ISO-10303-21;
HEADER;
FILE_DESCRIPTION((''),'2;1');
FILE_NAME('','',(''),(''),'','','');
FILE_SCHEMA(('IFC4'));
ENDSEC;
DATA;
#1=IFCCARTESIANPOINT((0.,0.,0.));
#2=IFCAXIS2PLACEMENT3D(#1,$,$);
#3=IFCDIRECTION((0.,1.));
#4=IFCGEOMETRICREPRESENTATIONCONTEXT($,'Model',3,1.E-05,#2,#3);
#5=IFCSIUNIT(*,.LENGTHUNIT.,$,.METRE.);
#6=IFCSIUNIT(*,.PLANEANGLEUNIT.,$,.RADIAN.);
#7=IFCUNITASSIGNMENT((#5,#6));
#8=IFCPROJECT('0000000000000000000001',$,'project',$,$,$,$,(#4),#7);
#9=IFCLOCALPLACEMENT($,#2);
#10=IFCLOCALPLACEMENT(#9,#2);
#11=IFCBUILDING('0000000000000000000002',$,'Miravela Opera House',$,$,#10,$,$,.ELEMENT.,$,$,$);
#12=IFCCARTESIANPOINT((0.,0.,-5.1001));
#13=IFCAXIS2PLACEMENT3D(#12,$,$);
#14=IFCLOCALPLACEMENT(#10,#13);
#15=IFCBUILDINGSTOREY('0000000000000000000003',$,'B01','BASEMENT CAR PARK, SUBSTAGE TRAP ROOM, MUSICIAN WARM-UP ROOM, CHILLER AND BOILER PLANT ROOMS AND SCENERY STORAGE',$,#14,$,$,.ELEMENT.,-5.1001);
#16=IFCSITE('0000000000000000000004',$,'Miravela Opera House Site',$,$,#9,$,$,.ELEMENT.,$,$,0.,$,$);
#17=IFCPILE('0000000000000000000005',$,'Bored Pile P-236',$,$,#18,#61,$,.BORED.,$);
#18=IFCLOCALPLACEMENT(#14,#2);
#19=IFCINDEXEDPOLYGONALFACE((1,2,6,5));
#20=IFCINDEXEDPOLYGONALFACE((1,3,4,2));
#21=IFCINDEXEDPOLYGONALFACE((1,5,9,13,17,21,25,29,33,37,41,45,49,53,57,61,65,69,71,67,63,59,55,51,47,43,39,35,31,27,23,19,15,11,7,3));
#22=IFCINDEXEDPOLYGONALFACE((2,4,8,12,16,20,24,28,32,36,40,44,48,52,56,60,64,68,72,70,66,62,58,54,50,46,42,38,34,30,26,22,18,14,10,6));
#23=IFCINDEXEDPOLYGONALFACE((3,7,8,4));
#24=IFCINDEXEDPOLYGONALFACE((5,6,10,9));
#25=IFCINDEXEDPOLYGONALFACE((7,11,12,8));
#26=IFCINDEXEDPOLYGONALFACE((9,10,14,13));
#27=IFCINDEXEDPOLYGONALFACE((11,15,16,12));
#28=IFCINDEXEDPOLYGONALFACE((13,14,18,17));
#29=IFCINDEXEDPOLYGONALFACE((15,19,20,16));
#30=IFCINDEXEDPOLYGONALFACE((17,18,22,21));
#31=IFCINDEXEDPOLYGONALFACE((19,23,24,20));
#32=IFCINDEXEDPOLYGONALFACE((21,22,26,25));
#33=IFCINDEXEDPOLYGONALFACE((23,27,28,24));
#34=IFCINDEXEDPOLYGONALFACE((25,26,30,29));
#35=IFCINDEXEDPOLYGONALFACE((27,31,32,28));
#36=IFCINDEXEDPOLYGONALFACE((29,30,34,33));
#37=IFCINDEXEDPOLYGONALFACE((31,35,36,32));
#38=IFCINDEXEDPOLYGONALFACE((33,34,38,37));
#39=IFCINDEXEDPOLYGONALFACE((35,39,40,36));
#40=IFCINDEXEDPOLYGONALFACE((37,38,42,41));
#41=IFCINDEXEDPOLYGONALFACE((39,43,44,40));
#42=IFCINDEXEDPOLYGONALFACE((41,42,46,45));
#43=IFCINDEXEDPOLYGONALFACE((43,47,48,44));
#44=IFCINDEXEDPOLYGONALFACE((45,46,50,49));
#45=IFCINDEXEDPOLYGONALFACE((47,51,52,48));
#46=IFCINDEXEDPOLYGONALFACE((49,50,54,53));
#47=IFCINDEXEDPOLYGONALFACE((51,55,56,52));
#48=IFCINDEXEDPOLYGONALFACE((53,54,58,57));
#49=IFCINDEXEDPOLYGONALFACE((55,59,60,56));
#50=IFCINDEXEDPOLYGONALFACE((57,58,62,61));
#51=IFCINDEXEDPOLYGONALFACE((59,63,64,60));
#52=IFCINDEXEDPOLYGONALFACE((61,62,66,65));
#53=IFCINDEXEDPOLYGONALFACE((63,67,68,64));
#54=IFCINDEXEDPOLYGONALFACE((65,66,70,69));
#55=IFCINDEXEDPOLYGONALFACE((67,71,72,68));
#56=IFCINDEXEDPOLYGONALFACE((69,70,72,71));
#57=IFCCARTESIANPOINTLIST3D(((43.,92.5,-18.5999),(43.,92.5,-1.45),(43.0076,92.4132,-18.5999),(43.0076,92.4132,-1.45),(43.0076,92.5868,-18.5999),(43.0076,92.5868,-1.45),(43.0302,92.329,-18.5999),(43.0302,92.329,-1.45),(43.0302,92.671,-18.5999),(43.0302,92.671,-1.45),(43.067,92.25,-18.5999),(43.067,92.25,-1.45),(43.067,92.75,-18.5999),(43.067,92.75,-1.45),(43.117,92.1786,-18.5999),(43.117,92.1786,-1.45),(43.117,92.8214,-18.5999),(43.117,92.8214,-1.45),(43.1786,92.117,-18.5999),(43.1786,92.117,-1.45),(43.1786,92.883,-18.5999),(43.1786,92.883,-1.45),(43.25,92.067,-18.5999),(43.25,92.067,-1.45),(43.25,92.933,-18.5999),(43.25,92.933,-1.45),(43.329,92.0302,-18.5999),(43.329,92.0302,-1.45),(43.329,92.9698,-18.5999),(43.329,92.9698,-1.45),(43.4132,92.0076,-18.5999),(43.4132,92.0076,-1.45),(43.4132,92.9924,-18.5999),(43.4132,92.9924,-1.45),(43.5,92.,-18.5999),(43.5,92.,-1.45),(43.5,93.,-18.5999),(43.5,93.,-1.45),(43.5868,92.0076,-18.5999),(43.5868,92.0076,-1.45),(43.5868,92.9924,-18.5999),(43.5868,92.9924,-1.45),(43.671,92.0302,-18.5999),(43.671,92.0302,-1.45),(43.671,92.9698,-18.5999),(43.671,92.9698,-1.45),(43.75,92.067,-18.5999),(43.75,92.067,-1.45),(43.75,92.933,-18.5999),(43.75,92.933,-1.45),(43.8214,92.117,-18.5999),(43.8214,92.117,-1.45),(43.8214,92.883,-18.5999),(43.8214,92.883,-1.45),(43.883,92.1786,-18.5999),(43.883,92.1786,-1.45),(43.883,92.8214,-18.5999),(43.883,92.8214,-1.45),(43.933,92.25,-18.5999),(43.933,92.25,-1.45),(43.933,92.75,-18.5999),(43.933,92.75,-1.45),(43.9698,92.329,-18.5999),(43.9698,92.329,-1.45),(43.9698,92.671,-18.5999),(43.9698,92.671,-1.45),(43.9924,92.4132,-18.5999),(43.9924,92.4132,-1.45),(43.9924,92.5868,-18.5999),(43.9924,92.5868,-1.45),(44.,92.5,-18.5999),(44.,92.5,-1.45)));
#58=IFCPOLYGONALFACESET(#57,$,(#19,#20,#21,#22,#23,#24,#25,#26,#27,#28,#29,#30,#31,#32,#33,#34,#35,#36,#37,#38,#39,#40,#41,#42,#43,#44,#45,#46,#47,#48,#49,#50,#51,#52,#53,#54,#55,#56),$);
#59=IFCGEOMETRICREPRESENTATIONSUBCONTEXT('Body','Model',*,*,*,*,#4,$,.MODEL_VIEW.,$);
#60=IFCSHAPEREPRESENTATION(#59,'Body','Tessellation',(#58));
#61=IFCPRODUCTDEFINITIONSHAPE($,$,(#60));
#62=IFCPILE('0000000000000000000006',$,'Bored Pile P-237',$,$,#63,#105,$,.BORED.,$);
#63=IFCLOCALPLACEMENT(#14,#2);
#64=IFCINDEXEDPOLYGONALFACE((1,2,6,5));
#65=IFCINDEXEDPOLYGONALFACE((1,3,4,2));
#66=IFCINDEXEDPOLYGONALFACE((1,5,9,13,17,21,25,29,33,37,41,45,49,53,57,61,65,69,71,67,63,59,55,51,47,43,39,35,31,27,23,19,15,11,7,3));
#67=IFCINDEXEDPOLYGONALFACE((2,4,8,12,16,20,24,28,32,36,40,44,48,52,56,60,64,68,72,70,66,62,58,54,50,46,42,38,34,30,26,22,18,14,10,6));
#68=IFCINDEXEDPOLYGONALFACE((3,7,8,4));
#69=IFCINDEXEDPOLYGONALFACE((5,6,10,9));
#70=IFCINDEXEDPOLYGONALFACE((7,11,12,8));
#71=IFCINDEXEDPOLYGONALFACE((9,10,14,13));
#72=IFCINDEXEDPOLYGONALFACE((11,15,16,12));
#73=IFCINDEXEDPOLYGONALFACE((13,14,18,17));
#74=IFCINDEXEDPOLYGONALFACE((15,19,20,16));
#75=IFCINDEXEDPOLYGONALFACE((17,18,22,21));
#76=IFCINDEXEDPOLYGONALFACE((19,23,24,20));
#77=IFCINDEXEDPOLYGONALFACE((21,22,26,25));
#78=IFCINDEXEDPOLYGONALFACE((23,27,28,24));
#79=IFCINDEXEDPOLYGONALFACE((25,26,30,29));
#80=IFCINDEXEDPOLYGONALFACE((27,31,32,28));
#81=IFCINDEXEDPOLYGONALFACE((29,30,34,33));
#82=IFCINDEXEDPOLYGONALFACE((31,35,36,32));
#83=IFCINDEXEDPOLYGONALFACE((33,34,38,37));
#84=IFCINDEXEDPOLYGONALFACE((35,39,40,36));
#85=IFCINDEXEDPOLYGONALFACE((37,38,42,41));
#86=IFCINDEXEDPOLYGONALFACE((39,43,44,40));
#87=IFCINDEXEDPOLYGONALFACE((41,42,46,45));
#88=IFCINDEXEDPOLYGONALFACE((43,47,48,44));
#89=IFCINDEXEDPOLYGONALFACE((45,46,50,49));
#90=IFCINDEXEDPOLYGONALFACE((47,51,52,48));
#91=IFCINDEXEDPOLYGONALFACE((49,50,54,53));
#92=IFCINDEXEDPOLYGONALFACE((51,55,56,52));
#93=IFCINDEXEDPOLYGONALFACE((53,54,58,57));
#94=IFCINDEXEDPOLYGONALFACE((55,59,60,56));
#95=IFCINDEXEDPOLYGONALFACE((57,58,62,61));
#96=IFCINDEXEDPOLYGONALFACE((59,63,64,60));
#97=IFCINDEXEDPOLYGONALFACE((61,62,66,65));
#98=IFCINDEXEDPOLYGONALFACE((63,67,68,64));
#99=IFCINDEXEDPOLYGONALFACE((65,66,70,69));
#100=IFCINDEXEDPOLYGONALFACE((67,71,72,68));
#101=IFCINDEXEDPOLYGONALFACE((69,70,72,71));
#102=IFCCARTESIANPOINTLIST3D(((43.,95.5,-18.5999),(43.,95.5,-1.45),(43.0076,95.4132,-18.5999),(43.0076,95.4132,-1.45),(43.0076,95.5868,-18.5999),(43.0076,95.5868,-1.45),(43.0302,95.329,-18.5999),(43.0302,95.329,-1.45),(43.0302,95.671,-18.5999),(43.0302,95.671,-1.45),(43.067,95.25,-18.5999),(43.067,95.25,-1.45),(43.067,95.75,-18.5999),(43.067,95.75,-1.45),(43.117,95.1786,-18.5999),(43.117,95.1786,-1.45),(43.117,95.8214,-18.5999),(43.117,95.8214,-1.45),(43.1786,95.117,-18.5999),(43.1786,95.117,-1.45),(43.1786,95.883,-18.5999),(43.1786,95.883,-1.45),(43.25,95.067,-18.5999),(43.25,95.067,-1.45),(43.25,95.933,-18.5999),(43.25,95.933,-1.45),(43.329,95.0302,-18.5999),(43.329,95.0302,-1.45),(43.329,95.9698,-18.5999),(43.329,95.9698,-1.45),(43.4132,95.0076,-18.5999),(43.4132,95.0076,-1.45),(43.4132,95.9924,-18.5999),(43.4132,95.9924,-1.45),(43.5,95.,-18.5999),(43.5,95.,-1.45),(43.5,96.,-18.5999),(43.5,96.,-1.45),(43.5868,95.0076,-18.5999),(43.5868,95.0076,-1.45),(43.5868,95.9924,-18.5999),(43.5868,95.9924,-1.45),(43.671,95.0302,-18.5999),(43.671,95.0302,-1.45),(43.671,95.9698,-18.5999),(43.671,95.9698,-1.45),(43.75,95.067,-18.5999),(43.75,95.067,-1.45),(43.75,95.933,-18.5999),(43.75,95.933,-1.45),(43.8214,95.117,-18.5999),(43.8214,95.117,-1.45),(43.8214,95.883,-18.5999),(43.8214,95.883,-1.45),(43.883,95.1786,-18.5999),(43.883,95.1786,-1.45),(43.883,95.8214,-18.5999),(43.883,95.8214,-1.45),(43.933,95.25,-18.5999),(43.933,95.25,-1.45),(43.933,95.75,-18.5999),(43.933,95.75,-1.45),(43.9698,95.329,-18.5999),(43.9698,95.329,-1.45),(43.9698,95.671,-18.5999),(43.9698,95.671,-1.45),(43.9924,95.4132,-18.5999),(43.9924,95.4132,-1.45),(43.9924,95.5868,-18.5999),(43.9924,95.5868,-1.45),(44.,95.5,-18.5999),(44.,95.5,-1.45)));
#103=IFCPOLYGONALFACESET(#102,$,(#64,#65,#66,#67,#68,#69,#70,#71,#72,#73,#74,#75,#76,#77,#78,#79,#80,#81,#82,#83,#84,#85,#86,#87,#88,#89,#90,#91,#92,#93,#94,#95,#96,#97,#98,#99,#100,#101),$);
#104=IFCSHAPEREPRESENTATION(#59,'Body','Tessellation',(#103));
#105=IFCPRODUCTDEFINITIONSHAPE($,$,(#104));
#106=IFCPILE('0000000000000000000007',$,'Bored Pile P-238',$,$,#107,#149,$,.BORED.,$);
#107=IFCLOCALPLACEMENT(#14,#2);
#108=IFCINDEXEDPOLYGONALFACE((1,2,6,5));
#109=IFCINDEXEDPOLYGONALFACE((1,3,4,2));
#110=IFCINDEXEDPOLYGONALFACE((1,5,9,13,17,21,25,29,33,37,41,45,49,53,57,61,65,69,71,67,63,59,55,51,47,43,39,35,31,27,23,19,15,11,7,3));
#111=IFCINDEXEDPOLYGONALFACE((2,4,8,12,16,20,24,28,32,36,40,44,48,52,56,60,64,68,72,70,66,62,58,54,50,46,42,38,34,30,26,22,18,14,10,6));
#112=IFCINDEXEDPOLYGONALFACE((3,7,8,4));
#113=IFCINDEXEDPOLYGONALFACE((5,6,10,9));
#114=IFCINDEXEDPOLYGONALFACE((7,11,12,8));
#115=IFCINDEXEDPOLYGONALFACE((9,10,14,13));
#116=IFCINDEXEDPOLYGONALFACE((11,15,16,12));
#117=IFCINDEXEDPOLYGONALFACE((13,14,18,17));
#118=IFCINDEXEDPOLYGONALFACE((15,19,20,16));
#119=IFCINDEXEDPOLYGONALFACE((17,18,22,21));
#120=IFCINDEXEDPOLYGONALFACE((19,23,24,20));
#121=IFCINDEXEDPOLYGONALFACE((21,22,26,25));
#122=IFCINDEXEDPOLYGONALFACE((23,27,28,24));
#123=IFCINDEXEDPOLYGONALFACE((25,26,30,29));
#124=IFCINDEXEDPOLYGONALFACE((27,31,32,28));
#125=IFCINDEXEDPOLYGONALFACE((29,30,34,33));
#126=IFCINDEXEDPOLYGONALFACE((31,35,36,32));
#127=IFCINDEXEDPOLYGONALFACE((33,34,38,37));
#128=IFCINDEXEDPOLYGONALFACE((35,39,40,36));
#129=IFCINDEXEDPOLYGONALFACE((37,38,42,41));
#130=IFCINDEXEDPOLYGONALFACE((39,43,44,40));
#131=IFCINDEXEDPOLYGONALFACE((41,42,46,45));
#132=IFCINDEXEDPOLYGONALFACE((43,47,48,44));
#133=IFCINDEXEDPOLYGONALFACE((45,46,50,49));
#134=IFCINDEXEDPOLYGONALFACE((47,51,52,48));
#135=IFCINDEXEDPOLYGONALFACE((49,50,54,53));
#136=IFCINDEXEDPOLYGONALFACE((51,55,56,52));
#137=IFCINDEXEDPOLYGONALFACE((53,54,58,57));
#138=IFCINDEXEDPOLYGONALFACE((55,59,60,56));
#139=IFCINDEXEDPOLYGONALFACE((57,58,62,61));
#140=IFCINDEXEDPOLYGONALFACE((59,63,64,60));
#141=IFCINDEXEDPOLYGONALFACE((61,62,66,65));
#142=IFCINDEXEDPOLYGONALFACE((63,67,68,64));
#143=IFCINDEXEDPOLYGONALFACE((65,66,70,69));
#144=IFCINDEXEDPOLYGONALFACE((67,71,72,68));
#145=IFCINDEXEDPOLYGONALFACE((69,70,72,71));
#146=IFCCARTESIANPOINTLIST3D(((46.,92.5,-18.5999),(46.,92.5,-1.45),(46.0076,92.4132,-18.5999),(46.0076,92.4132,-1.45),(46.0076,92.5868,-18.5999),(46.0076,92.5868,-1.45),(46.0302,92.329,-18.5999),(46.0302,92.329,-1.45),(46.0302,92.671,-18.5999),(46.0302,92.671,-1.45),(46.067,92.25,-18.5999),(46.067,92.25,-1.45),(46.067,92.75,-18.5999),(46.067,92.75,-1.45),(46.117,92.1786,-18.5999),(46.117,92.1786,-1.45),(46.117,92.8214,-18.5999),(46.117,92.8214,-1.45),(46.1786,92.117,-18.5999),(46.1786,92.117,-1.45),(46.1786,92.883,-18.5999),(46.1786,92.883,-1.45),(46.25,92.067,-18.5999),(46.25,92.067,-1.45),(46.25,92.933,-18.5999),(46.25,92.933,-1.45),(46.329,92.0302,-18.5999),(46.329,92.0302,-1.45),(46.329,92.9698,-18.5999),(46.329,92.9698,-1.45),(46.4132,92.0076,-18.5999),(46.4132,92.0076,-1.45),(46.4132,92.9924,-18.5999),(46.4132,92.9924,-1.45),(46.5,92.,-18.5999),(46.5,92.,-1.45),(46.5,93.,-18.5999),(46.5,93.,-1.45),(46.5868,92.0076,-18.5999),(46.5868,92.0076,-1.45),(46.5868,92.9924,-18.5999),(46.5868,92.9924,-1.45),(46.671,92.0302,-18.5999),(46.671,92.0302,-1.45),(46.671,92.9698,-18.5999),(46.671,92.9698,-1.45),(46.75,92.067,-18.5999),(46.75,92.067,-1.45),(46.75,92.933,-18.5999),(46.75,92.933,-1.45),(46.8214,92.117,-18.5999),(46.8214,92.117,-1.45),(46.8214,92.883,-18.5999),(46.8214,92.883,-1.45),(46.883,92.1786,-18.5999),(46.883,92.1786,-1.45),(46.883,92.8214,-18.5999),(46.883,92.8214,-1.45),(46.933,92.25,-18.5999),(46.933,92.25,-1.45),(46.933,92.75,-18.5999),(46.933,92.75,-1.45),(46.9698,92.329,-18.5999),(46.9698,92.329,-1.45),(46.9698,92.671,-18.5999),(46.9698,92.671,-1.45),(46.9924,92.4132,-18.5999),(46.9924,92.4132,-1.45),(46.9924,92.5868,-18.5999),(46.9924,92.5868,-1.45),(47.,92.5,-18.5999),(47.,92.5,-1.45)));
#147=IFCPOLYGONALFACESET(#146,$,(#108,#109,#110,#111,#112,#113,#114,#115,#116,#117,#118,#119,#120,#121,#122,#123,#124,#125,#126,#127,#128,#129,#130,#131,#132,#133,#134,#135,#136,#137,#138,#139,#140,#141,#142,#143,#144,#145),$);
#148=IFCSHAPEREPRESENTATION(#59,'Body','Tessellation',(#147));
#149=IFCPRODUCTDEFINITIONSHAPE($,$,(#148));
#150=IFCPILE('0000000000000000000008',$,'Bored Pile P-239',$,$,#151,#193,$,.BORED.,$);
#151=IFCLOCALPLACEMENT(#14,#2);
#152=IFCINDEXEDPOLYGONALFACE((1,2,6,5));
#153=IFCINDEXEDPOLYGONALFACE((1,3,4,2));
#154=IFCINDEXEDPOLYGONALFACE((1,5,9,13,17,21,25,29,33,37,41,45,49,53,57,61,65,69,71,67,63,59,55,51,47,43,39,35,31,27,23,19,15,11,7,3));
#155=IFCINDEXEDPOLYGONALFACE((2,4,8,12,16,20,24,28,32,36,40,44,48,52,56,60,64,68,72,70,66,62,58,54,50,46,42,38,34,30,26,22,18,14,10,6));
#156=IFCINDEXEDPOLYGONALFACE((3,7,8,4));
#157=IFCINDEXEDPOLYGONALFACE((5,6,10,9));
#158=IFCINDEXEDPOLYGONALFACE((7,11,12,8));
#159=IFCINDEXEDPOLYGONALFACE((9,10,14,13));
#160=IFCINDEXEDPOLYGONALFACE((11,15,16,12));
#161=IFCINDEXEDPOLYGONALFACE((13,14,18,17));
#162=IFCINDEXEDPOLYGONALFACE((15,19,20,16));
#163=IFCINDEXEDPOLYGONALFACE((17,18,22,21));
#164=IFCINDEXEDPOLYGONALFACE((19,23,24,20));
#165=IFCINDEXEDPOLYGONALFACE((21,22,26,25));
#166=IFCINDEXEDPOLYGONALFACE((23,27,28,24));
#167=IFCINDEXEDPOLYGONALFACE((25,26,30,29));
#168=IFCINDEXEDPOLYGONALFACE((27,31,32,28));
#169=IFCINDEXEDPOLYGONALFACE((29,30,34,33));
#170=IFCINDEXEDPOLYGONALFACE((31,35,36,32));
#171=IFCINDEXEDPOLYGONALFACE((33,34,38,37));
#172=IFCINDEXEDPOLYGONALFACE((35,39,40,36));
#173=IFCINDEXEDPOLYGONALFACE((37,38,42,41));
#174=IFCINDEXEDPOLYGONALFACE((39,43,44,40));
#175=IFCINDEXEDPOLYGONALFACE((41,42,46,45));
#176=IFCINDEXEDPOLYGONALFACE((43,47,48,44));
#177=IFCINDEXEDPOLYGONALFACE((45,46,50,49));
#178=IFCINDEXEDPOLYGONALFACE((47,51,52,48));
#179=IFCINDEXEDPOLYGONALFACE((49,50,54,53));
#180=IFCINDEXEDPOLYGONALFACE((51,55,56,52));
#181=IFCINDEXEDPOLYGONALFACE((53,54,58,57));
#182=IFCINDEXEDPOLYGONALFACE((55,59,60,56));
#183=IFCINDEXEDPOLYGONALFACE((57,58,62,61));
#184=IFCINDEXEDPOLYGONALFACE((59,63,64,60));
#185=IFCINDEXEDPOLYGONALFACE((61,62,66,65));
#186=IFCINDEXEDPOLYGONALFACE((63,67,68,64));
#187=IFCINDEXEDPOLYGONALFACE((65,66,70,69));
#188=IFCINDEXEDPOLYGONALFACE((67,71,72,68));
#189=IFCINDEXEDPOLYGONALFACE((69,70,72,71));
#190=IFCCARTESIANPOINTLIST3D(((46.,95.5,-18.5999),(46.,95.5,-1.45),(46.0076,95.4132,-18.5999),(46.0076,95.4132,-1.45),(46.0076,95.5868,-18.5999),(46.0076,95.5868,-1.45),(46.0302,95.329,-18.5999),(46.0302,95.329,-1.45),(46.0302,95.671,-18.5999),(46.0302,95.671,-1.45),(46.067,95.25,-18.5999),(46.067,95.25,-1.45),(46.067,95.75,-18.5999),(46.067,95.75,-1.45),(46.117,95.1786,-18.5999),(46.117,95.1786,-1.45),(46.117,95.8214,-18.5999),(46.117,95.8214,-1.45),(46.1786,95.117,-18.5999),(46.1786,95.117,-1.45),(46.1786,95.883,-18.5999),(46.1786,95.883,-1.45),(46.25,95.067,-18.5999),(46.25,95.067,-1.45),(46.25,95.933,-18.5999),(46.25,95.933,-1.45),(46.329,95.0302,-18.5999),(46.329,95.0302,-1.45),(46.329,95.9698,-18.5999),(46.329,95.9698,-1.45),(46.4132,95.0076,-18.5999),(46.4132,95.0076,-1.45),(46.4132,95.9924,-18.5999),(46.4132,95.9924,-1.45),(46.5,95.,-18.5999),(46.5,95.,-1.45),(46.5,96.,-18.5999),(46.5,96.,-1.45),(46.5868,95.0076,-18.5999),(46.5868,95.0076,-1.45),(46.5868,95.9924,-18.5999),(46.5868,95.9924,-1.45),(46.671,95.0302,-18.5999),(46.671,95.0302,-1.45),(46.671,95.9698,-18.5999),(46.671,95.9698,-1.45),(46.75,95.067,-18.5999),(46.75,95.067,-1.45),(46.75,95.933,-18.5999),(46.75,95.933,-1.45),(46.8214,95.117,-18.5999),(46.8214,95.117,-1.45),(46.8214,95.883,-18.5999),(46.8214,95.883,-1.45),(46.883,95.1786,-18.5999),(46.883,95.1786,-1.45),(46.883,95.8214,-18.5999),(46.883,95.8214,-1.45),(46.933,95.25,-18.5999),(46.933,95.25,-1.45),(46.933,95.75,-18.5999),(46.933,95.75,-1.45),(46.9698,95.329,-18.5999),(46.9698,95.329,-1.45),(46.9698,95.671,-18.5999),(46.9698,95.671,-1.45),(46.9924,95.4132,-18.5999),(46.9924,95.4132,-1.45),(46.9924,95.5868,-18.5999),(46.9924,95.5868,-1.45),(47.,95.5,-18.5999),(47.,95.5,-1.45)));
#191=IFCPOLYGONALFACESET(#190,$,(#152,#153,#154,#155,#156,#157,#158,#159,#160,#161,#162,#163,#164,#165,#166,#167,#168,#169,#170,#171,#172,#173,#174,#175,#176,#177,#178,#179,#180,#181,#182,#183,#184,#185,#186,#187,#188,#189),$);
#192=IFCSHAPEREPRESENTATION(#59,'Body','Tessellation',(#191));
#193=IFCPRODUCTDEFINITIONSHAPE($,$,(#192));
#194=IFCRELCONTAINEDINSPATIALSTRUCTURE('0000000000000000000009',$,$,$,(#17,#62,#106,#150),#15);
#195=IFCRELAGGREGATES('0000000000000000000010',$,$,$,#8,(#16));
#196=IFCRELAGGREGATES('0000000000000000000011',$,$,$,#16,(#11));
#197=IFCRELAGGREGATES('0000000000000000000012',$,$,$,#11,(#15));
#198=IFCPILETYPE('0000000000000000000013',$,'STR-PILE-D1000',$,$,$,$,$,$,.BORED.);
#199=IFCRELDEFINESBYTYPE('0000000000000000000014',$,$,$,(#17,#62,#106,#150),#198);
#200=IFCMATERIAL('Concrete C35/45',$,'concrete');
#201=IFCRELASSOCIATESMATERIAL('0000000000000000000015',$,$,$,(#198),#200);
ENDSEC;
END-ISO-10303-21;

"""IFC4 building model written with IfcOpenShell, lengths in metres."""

from ifc_helpers import new_model, si_unit, direction, frame, origin, origin_2d, place, context, subcontext, project, spatial, circle, extrude, material, material_profile, profile_set, type_object, element, save


model = new_model("IFC4")

# Units and contexts
model_context = context("Model", 3, precision=1e-05, world=origin(), true_north=direction((0.0, 1.0)))
body_context = subcontext(model_context, "Body", "Model", "MODEL_VIEW")
ifc_project = project(units=[si_unit("LENGTHUNIT", "METRE"), si_unit("PLANEANGLEUNIT", "RADIAN")], contexts=[model_context])

# Site, building, storey
site_placement = place(None, origin())
site = spatial("IfcSite", under=ifc_project, at=site_placement, Name="Miravela Opera House Site", CompositionType="ELEMENT", RefElevation=0.0)
building_placement = place(site_placement, origin())
building = spatial("IfcBuilding", under=site, at=building_placement, Name="Miravela Opera House", CompositionType="ELEMENT")
storey_placement = place(building_placement, frame((0.0, 0.0, -5.1001)))
storey = spatial("IfcBuildingStorey", under=building, at=storey_placement, Name="B01", Description="BASEMENT CAR PARK, SUBSTAGE TRAP ROOM, MUSICIAN WARM-UP ROOM, CHILLER AND BOILER PLANT ROOMS AND SCENERY STORAGE", CompositionType="ELEMENT", Elevation=-5.1001)

# Shared definitions
ifc_material_1 = material(Name="Concrete C35/45", Category="concrete")

# Piles
ifc_material_profile_1 = material_profile(ifc_material_1, circle(Radius=0.5, at=origin_2d()), Name="PILE-D1000")
ifc_profile_set_1 = profile_set([ifc_material_profile_1])
pile_type_1 = type_object("IfcPileType", Name="STR-PILE-D1000", PredefinedType="BORED", material=ifc_profile_set_1)
for number, where, z_axis, x_axis, name in (
    (1, (43.5, 92.5, -1.45), (0.0, 0.0, -1.0), (1.0, 0.0, 0.0), "Bored Pile P-236"),
    (2, (43.5, 95.5, -1.45), (0.0, 0.0, -1.0), (1.0, 0.0, 0.0), "Bored Pile P-237"),
    (3, (46.5, 92.5, -1.45), (0.0, 0.0, -1.0), (1.0, 0.0, 0.0), "Bored Pile P-238"),
    (4, (46.5, 95.5, -1.45), (0.0, 0.0, -1.0), (1.0, 0.0, 0.0), "Bored Pile P-239"),
):
    element("IfcPile", number, at=place(storey_placement, frame(where, z_axis=z_axis, x_axis=x_axis)), inside=storey, type_object=pile_type_1, Name=name, PredefinedType="BORED", context=body_context, shape_type="SweptSolid", body=[
        extrude(circle(Radius=0.5, at=origin_2d()), origin(), (0.0, 0.0, 1.0), 17.1499),
    ])

save(model, "model.ifc")
